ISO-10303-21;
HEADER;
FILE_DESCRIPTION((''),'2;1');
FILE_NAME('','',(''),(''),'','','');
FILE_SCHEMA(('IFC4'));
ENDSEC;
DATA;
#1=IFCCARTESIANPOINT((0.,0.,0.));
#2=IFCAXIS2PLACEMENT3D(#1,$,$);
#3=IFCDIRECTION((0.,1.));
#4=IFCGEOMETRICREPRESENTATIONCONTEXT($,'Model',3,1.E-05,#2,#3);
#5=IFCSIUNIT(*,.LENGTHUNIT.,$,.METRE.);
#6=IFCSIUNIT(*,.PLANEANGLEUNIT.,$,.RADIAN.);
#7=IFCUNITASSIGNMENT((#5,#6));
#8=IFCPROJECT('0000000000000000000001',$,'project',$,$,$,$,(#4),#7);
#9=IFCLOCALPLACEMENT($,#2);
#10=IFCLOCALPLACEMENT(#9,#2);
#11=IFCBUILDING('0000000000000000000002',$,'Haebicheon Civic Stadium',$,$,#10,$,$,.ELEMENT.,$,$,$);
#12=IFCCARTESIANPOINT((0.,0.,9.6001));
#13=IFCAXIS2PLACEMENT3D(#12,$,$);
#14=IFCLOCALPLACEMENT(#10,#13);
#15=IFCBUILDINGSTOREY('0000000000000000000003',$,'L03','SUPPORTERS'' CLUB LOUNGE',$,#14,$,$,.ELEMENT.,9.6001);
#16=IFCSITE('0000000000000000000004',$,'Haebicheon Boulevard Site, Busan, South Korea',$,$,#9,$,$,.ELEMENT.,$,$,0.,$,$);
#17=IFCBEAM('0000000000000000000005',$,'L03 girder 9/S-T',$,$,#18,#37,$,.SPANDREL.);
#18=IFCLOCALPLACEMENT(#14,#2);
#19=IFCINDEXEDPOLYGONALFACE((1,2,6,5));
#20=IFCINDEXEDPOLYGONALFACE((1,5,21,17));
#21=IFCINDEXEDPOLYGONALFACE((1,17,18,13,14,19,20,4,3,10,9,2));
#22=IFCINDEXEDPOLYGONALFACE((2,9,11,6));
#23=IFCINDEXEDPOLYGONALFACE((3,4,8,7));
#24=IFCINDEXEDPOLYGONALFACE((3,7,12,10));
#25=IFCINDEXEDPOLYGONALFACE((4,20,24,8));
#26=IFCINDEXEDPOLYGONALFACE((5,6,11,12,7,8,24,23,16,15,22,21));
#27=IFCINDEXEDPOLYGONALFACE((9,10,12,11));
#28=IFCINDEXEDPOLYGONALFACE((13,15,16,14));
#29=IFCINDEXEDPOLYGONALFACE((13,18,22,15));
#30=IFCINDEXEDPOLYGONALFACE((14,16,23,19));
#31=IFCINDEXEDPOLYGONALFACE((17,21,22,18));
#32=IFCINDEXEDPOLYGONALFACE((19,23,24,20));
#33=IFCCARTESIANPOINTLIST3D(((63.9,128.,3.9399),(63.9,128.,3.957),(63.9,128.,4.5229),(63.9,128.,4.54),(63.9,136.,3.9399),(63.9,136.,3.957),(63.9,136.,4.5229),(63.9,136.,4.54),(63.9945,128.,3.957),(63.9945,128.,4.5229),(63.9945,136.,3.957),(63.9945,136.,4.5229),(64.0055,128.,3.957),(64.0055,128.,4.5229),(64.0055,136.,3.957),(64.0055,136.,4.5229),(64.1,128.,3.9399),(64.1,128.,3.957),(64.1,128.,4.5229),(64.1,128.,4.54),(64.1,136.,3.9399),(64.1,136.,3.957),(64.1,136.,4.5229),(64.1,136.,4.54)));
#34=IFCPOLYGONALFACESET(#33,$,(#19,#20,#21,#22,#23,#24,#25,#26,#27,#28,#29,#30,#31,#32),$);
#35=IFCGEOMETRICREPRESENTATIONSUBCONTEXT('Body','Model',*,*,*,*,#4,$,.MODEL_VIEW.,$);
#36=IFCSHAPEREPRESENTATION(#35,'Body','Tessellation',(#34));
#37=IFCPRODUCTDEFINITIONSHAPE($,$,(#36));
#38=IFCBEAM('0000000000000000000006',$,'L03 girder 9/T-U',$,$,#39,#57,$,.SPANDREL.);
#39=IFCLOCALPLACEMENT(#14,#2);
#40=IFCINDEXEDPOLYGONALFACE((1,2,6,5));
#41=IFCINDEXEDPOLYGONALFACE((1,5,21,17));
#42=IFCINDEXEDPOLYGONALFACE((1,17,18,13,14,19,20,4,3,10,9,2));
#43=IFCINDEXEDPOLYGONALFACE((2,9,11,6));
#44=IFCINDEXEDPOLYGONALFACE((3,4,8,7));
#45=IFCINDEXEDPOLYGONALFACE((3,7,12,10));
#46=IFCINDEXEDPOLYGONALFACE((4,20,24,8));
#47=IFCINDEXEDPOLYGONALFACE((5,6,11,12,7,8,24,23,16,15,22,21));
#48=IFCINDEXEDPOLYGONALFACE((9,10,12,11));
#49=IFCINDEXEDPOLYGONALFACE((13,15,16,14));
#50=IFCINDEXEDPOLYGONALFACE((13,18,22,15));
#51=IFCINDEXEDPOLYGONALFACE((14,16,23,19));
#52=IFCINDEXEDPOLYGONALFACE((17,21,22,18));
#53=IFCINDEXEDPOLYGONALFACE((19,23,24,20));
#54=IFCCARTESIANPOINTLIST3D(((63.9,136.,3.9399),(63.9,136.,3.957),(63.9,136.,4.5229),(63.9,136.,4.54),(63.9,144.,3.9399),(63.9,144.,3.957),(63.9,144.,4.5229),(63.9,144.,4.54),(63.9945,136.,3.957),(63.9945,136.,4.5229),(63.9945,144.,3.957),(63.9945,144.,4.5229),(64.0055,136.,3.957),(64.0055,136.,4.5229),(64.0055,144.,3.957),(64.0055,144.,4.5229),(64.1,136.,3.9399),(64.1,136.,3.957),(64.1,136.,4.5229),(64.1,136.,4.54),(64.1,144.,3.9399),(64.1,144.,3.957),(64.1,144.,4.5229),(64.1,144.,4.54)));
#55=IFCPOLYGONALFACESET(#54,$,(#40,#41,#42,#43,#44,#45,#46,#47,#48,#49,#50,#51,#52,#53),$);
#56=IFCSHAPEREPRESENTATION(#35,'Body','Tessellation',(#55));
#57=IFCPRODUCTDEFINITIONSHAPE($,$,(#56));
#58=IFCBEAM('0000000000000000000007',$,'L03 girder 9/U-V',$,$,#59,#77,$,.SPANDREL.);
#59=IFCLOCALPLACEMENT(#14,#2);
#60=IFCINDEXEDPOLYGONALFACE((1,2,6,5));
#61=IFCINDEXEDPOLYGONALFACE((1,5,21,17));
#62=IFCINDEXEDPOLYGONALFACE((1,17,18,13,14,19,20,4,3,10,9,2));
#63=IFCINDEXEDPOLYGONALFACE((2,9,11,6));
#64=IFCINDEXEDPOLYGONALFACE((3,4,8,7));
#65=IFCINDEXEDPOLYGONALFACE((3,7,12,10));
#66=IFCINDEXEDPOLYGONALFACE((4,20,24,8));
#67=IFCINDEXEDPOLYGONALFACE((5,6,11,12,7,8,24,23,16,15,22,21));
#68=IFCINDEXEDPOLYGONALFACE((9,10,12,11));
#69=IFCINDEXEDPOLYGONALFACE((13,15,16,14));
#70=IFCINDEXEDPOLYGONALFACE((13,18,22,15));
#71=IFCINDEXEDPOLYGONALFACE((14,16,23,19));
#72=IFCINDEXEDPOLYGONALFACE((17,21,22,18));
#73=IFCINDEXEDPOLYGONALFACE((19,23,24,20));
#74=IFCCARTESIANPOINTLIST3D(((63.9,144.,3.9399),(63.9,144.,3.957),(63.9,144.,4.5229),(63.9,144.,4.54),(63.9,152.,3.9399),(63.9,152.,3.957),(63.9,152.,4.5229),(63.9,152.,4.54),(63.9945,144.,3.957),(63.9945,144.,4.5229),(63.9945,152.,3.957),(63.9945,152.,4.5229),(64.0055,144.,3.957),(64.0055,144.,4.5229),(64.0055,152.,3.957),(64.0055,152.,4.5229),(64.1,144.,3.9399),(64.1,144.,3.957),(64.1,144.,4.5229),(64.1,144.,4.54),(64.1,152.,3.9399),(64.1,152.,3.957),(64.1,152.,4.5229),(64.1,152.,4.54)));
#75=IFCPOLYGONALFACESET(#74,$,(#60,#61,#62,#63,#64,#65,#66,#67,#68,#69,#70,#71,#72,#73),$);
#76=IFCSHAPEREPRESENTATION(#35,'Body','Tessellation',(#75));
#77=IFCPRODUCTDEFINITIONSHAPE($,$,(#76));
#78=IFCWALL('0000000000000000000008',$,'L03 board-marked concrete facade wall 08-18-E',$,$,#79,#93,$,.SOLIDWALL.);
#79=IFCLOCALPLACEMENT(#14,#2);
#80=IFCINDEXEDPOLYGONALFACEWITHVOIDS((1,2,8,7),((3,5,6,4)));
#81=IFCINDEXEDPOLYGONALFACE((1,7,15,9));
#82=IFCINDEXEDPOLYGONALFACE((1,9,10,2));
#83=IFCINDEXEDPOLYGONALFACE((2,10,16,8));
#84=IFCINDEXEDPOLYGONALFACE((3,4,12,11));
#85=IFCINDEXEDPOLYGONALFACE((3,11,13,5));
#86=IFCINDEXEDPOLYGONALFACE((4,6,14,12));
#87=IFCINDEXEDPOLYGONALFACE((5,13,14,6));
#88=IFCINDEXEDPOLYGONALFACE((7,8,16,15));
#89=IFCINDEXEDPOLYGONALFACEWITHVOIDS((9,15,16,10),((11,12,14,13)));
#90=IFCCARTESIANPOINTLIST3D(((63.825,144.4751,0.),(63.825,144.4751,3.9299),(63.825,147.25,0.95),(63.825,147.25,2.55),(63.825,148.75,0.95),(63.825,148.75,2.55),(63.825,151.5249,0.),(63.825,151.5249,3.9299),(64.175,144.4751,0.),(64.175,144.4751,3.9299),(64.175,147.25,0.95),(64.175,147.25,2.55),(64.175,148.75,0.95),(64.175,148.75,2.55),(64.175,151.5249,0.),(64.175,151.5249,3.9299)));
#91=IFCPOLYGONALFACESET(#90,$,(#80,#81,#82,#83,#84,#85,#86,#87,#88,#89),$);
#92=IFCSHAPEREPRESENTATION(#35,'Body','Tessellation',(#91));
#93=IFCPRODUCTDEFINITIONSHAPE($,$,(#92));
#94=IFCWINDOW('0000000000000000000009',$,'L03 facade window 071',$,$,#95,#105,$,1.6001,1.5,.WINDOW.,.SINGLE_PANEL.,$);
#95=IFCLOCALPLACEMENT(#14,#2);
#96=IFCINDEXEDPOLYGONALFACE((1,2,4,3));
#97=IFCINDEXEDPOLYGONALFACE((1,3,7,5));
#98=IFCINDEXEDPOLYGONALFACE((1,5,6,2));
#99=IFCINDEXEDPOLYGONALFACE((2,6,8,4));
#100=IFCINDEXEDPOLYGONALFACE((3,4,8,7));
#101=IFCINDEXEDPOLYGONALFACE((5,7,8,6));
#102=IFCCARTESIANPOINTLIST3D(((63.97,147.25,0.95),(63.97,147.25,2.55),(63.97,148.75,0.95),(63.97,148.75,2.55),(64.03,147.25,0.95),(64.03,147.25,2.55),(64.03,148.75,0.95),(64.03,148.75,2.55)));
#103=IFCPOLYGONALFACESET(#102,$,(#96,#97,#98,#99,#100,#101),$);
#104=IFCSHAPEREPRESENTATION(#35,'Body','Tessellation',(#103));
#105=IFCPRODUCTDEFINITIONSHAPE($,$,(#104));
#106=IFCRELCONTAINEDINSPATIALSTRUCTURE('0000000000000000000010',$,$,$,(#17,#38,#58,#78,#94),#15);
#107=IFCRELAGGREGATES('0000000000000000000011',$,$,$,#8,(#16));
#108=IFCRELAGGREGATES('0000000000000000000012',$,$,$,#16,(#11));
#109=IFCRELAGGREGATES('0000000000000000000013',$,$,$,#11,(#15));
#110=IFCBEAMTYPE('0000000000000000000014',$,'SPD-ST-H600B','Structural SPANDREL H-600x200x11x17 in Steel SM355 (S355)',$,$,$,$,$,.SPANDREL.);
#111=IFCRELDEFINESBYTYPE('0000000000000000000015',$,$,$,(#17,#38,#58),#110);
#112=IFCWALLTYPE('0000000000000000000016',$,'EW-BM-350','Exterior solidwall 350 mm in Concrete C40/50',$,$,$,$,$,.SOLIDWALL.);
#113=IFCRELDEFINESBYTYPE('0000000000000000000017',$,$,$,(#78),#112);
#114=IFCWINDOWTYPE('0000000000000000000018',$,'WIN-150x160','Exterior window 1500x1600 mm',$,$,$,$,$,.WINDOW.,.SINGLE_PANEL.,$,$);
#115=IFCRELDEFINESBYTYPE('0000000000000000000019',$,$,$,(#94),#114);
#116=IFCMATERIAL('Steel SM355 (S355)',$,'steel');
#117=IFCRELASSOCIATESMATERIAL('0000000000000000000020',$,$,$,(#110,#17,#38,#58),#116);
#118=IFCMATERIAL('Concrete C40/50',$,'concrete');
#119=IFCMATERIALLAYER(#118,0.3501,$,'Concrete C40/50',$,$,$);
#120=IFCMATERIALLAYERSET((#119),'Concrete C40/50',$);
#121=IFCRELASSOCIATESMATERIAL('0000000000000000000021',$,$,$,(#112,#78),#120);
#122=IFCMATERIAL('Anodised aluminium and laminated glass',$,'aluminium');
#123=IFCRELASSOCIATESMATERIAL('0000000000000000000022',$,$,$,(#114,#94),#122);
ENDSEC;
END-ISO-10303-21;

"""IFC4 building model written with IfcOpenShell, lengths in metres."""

from ifc_helpers import new_model, si_unit, direction, frame, frame_2d, origin, origin_2d, place, context, subcontext, project, spatial, rectangle, i_section, extrude, material, layer, layer_set, material_profile, profile_set, type_object, element, fill, save


model = new_model("IFC4")

# Units and contexts
model_context = context("Model", 3, precision=1e-05, world=origin(), true_north=direction((0.0, 1.0)))
body_context = subcontext(model_context, "Body", "Model", "MODEL_VIEW")
ifc_project = project(units=[si_unit("LENGTHUNIT", "METRE"), si_unit("PLANEANGLEUNIT", "RADIAN")], contexts=[model_context])

# Site, building, storey
site_placement = place(None, origin())
site = spatial("IfcSite", under=ifc_project, at=site_placement, Name="Haebicheon Boulevard Site, Busan, South Korea", CompositionType="ELEMENT", RefElevation=0.0)
building_placement = place(site_placement, origin())
building = spatial("IfcBuilding", under=site, at=building_placement, Name="Haebicheon Civic Stadium", CompositionType="ELEMENT")
storey_placement = place(building_placement, frame((0.0, 0.0, 9.6001)))
storey = spatial("IfcBuildingStorey", under=building, at=storey_placement, Name="L03", Description="SUPPORTERS' CLUB LOUNGE", CompositionType="ELEMENT", Elevation=9.6001)

# Beams
ifc_material_1 = material(Name="Steel SM355 (S355)", Category="steel")
ifc_material_profile_1 = material_profile(ifc_material_1, i_section(OverallWidth=0.2, OverallDepth=0.6001, WebThickness=0.011, FlangeThickness=0.0171, at=origin_2d()), Name="H-600x200x11x17")
ifc_profile_set_1 = profile_set([ifc_material_profile_1], Name="Steel SM355 (S355)")
beam_type_1 = type_object("IfcBeamType", Name="SPD-ST-H600B", Description="Structural SPANDREL H-600x200x11x17 in Steel SM355 (S355)", PredefinedType="SPANDREL", material=ifc_profile_set_1)
for number, where, z_axis, x_axis, name in (
    (1, (64.0, 128.0, 4.24), (0.0, 1.0, 0.0), (-1.0, 0.0, 0.0), "L03 girder 9/S-T"),
    (2, (64.0, 136.0, 4.24), (0.0, 1.0, 0.0), (-1.0, 0.0, 0.0), "L03 girder 9/T-U"),
    (3, (64.0, 144.0, 4.24), (0.0, 1.0, 0.0), (-1.0, 0.0, 0.0), "L03 girder 9/U-V"),
):
    element("IfcBeam", number, at=place(storey_placement, frame(where, z_axis=z_axis, x_axis=x_axis)), inside=storey, type_object=beam_type_1, material=ifc_profile_set_1, Name=name, PredefinedType="SPANDREL", context=body_context, shape_type="SweptSolid", body=[
        extrude(i_section(OverallWidth=0.2, OverallDepth=0.6001, WebThickness=0.011, FlangeThickness=0.0171, at=origin_2d()), origin(), (0.0, 0.0, 1.0), 8.0),
    ])

# Wall, opening, window
ifc_material_2 = material(Name="Concrete C40/50", Category="concrete")
ifc_layer = layer(ifc_material_2, 0.3501, Name="Concrete C40/50")
ifc_layer_set = layer_set([ifc_layer], Name="Concrete C40/50")
wall_type = type_object("IfcWallType", Name="EW-BM-350", Description="Exterior solidwall 350 mm in Concrete C40/50", PredefinedType="SOLIDWALL", material=ifc_layer_set)
wall_placement = place(storey_placement, frame((64.0, 144.4751, 0.0), z_axis=(0.0, 0.0, 1.0), x_axis=(0.0, 1.0, 0.0)))
wall = element("IfcWall", 4, at=wall_placement, inside=storey, type_object=wall_type, material=ifc_layer_set, Name="L03 board-marked concrete facade wall 08-18-E", PredefinedType="SOLIDWALL", context=body_context, shape_type="SweptSolid", body=[
    extrude(rectangle(XDim=7.0498, YDim=0.3501, at=frame_2d((3.5249, 0.0))), origin(), (0.0, 0.0, 1.0), 3.9299),
])
opening_placement = place(wall_placement, frame((2.7749, 0.0, 0.95)))
opening = element("IfcOpeningElement", 5, at=opening_placement, cuts=wall, PredefinedType="OPENING", context=body_context, shape_type="SweptSolid", body=[
    extrude(rectangle(XDim=1.5, YDim=1.6001, at=frame_2d((0.75, 0.8))), frame((0.0, 0.1851, 0.0), z_axis=(0.0, -1.0, 0.0), x_axis=(1.0, 0.0, 0.0)), (0.0, 0.0, 1.0), 0.3701),
])
ifc_material_3 = material(Name="Anodised aluminium and laminated glass", Category="aluminium")
window_type = type_object("IfcWindowType", Name="WIN-150x160", Description="Exterior window 1500x1600 mm", PartitioningType="SINGLE_PANEL", PredefinedType="WINDOW", material=ifc_material_3)
window_placement = place(opening_placement, origin())
window = element("IfcWindow", 6, at=window_placement, inside=storey, type_object=window_type, material=ifc_material_3, Name="L03 facade window 071", OverallHeight=1.6001, OverallWidth=1.5, PartitioningType="SINGLE_PANEL", PredefinedType="WINDOW", context=body_context, shape_type="SweptSolid", body=[
    extrude(rectangle(XDim=1.5, YDim=1.6001, at=frame_2d((0.75, 0.8))), frame((0.0, 0.03, 0.0), z_axis=(0.0, -1.0, 0.0), x_axis=(1.0, 0.0, 0.0)), (0.0, 0.0, 1.0), 0.0601),
])
fill(opening, window)

save(model, "model.ifc")
